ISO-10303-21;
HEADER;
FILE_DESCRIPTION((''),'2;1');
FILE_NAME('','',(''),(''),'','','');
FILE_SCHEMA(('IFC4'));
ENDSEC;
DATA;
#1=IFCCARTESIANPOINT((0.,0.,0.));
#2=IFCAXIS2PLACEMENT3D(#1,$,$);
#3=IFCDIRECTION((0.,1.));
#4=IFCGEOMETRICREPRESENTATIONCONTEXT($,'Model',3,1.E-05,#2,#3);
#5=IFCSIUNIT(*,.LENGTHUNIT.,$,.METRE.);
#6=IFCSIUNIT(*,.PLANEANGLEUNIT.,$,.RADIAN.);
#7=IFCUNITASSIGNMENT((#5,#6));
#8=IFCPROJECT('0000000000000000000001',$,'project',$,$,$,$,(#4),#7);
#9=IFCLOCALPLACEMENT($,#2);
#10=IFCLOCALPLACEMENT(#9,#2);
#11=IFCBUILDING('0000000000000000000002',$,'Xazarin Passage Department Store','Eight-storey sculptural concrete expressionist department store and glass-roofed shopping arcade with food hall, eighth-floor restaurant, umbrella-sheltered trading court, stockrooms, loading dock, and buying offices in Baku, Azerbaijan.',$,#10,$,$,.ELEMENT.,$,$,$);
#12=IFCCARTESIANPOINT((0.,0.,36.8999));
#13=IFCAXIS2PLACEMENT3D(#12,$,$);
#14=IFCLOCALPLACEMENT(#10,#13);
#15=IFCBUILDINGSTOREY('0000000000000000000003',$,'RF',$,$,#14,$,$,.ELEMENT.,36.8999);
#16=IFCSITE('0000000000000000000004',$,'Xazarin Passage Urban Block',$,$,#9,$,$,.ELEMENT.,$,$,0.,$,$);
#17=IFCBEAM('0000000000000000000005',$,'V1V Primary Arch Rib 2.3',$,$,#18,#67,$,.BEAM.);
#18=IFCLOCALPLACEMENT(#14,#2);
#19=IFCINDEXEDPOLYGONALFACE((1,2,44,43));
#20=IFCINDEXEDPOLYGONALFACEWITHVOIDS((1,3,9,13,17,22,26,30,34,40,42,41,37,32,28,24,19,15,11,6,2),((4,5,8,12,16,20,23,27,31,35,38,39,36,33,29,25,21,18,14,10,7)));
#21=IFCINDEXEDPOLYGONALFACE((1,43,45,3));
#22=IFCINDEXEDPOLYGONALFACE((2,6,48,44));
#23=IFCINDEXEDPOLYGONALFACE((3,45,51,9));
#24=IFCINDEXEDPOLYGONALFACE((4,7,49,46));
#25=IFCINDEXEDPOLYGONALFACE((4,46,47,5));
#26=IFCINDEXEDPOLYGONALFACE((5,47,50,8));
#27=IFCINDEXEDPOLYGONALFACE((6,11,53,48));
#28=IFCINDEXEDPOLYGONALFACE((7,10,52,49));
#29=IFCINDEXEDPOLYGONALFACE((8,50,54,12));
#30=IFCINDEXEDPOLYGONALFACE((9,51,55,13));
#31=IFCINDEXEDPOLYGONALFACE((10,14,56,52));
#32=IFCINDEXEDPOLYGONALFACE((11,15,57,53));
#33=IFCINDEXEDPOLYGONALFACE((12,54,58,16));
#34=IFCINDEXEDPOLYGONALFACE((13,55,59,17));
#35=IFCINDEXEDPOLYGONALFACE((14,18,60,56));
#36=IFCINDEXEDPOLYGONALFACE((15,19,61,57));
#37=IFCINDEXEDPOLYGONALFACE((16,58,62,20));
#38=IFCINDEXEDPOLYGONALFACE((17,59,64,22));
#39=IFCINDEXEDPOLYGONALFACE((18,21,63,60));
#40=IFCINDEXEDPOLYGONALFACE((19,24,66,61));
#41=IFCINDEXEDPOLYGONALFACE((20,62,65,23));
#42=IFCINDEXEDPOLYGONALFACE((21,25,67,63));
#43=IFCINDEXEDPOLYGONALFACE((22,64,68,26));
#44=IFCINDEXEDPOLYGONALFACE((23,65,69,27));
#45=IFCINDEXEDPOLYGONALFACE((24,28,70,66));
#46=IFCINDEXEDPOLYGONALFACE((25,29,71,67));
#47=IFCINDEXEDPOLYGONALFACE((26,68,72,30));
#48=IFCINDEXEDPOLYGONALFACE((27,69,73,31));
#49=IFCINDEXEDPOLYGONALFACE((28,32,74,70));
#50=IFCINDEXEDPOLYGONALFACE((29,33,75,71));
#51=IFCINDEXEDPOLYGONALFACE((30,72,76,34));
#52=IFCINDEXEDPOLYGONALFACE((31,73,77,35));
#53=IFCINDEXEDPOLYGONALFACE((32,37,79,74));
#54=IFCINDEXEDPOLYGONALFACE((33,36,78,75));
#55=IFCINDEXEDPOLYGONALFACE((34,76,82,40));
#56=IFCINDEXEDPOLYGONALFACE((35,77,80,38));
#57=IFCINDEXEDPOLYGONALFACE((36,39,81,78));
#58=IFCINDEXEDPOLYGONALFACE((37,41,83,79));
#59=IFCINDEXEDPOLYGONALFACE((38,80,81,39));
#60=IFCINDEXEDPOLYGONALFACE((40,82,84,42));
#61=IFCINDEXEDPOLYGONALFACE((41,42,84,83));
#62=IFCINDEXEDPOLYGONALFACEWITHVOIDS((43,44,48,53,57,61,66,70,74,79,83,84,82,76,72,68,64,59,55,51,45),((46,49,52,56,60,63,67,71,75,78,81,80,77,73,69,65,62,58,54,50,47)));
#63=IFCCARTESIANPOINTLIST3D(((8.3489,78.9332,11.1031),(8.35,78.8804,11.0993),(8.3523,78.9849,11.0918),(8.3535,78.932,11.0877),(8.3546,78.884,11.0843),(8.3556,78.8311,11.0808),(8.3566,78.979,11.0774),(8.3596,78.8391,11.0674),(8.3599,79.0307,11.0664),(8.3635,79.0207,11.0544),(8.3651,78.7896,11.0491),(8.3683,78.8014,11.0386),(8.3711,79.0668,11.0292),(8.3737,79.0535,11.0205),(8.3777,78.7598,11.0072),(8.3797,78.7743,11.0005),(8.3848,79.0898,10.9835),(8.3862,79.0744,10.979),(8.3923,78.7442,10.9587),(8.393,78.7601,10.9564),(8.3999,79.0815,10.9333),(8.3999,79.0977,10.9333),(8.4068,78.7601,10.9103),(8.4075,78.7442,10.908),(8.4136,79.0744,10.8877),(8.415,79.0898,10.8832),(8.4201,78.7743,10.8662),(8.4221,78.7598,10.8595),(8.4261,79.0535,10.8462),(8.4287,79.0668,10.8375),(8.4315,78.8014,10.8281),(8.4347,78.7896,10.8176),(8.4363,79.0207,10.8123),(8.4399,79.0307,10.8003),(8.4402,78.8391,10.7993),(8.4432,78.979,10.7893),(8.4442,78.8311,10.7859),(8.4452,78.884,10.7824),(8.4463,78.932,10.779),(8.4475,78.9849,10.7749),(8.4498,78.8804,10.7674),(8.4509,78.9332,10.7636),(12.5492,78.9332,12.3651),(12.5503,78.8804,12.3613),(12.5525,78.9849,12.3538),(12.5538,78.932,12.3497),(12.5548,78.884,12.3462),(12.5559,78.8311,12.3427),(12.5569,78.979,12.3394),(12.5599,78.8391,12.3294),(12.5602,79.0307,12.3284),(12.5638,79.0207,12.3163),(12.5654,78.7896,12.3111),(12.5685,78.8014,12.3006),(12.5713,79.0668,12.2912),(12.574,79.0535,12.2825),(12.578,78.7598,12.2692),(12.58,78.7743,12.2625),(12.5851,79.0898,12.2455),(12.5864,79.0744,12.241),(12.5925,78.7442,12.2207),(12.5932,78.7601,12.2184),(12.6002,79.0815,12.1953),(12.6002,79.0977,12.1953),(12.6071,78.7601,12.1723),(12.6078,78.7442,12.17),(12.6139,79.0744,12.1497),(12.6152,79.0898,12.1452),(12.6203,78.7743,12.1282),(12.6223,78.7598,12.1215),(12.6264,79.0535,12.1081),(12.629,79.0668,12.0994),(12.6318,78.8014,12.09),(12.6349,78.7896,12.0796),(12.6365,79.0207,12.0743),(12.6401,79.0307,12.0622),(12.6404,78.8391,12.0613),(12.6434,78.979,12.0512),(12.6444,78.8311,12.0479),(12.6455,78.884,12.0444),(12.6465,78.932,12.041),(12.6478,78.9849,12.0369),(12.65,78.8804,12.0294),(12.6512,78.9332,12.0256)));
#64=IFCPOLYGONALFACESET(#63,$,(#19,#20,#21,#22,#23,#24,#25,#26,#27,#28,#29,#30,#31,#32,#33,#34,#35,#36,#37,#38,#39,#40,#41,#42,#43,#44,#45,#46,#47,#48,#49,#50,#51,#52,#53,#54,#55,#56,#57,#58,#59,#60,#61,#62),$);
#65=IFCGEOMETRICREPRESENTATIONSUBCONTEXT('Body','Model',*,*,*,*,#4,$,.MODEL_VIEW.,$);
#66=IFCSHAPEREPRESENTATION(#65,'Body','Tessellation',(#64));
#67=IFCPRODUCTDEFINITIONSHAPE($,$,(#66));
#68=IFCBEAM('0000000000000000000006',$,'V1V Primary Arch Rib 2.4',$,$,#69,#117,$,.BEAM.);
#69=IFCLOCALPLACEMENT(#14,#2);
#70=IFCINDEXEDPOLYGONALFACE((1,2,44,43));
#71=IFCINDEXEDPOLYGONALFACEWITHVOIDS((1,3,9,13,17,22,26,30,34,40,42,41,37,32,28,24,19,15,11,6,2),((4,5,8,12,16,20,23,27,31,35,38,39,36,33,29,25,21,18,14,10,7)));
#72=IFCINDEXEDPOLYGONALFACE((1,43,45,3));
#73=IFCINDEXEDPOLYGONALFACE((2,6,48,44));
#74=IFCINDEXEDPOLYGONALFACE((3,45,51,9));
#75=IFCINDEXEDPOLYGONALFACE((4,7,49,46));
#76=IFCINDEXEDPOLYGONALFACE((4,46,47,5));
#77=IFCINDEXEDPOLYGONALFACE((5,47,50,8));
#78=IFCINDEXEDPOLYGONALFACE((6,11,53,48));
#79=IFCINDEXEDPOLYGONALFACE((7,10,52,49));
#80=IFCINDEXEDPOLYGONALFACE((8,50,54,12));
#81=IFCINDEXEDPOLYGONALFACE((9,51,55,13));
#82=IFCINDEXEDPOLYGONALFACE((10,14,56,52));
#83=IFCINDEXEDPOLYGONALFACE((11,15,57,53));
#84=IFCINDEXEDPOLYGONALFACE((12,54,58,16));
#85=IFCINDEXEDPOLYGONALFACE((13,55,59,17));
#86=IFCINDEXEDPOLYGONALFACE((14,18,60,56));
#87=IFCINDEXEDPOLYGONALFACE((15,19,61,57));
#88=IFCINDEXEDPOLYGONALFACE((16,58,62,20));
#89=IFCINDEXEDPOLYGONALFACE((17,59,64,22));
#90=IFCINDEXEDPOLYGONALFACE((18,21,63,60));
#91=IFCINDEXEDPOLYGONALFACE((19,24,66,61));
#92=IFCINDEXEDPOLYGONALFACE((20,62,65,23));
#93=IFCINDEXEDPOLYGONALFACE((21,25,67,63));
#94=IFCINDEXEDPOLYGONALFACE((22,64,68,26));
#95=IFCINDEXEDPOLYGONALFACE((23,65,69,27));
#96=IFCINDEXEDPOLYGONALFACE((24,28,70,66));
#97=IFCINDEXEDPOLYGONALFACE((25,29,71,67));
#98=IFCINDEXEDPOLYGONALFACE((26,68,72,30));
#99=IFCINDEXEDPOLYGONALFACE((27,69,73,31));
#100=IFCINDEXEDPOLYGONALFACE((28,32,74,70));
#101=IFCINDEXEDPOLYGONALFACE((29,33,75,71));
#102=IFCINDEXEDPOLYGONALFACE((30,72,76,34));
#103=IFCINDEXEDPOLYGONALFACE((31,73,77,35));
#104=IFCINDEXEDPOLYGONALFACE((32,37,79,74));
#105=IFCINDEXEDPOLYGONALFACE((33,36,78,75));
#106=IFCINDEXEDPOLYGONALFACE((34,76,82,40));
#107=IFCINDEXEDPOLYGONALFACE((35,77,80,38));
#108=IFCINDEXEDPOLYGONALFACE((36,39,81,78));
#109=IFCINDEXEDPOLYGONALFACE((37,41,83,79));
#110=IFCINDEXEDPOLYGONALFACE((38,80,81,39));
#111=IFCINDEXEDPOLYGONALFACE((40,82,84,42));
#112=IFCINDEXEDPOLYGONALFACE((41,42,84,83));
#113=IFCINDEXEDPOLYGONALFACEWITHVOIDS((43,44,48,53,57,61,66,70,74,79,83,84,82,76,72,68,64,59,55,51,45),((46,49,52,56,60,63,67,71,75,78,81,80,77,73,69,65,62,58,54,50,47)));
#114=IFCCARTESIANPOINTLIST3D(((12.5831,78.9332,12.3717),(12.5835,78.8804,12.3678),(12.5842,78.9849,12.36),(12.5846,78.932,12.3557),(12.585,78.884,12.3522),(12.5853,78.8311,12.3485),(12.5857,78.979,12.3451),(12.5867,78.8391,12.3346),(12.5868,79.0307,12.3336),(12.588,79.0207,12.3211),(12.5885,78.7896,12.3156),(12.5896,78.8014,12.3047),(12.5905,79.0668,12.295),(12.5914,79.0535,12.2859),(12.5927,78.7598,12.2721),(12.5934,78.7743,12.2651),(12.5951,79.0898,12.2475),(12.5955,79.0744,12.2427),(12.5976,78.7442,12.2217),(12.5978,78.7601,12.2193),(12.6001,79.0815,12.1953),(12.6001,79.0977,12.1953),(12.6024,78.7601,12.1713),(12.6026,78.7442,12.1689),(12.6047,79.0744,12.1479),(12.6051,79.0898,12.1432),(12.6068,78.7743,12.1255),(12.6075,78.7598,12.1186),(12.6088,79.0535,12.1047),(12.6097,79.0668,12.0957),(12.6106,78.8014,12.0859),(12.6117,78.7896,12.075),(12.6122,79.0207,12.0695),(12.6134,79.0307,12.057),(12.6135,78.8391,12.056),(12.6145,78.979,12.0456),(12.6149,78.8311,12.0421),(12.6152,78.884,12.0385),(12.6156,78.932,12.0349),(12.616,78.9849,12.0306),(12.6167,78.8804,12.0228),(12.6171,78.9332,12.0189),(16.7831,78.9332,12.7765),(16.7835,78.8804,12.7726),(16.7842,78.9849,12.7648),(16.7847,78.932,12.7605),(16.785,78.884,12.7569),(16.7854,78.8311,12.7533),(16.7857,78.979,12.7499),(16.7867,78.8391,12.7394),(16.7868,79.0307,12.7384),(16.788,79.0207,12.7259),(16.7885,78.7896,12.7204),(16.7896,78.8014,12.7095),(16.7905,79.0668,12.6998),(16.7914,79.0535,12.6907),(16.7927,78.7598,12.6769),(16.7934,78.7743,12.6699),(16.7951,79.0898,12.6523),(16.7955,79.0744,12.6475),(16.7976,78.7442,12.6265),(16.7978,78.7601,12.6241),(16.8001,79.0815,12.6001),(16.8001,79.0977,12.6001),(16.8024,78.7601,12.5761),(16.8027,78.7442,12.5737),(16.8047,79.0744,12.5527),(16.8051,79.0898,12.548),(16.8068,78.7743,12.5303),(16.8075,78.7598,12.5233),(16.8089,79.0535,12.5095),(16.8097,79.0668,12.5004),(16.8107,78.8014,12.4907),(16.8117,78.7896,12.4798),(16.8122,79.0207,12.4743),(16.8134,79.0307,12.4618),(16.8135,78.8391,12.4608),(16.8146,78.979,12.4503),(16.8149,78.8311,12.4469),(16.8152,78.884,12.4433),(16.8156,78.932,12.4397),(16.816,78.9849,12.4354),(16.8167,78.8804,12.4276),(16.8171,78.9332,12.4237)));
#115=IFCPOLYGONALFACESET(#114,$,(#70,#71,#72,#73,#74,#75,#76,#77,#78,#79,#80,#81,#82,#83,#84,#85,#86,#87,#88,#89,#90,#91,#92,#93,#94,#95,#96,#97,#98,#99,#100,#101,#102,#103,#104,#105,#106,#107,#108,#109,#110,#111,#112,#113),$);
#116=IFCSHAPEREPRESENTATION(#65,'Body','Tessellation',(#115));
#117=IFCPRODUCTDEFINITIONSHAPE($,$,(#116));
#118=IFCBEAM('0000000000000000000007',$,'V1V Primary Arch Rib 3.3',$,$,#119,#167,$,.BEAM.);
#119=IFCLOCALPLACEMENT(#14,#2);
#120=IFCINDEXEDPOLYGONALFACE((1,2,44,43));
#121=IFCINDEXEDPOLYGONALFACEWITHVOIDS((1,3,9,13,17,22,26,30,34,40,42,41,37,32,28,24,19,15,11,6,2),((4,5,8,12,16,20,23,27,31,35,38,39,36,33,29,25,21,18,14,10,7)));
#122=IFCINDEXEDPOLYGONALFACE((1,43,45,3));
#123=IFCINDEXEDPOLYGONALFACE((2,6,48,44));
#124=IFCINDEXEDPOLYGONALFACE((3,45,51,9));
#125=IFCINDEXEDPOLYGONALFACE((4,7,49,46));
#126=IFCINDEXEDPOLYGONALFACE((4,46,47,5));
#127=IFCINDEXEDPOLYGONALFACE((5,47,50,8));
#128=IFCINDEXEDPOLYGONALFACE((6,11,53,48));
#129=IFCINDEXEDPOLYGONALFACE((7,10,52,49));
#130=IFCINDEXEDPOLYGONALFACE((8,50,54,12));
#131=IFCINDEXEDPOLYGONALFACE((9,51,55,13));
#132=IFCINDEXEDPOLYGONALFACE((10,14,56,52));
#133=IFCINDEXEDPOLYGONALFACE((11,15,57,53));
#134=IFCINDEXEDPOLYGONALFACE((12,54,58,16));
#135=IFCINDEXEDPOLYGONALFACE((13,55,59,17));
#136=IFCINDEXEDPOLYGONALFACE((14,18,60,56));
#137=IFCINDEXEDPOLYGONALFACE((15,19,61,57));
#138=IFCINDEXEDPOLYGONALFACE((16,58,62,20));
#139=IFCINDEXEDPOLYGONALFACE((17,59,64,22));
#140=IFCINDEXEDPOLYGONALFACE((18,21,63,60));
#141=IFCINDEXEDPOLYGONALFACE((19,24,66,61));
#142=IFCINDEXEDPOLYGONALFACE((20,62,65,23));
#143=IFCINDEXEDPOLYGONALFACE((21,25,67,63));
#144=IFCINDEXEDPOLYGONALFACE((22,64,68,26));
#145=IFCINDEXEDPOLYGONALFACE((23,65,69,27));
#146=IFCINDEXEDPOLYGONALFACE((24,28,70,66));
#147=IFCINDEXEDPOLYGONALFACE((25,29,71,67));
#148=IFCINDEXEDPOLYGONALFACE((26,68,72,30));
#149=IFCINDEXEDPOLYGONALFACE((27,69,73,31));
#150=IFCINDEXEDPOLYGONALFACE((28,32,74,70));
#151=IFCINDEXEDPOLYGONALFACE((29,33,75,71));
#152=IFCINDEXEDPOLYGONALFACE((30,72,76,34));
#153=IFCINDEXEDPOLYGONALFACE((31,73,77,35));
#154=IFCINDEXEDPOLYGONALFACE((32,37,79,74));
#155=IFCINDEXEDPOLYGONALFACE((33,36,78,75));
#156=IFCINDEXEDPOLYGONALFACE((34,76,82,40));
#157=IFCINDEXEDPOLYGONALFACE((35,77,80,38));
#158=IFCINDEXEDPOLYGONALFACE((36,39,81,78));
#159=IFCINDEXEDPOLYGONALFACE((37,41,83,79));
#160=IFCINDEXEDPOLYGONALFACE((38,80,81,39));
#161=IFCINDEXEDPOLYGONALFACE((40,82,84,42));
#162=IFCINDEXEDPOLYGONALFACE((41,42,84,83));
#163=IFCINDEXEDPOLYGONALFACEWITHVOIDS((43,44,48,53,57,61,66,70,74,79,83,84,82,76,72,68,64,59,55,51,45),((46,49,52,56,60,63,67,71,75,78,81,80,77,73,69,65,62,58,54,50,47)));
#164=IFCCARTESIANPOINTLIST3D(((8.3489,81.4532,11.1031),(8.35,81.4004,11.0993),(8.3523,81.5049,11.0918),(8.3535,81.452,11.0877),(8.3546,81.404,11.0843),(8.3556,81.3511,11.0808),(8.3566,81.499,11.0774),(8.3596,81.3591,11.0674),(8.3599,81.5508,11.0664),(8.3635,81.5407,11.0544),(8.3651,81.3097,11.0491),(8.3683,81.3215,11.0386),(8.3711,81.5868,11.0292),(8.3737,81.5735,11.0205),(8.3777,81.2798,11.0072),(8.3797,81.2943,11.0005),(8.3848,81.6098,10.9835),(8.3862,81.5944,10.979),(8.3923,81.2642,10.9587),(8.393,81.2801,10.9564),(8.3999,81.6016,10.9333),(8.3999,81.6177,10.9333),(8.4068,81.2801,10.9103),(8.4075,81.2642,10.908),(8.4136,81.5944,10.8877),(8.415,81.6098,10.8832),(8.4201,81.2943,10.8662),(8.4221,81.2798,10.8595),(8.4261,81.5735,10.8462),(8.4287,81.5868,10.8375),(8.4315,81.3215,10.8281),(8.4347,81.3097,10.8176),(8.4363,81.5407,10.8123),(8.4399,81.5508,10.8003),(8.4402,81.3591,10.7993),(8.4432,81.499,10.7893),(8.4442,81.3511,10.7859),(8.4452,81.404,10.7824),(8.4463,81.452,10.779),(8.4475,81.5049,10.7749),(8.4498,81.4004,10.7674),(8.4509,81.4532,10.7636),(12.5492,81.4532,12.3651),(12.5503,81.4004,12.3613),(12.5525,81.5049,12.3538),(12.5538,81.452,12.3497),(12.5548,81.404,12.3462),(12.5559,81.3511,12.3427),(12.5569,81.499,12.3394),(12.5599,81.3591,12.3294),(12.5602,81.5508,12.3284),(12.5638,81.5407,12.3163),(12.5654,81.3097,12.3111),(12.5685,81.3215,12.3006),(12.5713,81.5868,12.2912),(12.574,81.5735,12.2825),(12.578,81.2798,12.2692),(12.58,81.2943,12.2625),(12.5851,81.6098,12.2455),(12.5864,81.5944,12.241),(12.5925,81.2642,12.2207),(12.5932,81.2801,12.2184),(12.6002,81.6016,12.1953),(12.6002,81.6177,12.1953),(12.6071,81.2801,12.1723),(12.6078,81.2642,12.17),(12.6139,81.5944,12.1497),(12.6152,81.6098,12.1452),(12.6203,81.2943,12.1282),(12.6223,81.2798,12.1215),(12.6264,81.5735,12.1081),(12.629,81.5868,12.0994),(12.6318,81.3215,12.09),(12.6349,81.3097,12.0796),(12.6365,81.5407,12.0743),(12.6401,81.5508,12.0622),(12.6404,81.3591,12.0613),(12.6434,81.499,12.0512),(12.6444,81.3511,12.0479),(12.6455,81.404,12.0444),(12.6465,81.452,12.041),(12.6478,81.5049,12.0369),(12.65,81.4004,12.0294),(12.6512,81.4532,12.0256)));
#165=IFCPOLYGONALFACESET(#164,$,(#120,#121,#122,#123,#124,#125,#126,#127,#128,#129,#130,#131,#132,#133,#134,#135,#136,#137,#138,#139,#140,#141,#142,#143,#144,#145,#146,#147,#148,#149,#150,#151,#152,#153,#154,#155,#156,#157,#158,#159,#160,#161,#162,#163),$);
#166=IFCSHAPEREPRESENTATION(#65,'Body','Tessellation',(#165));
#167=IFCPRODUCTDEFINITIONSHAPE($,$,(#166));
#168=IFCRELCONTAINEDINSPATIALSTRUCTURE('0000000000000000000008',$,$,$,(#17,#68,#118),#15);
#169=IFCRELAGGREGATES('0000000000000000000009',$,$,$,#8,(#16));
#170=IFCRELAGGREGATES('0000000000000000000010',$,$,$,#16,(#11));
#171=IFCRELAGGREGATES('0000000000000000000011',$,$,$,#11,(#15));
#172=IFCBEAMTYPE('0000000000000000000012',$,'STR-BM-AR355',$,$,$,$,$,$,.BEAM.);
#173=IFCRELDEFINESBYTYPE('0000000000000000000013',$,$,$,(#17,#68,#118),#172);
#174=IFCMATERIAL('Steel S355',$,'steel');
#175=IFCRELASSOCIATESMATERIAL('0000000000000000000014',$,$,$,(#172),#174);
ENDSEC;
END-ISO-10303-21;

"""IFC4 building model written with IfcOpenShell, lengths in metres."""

from ifc_helpers import new_model, si_unit, direction, frame, origin, origin_2d, place, context, subcontext, project, spatial, hollow_circle, extrude, material, material_profile, profile_set, type_object, element, save


model = new_model("IFC4")

# Units and contexts
model_context = context("Model", 3, precision=1e-05, world=origin(), true_north=direction((0.0, 1.0)))
body_context = subcontext(model_context, "Body", "Model", "MODEL_VIEW")
ifc_project = project(units=[si_unit("LENGTHUNIT", "METRE"), si_unit("PLANEANGLEUNIT", "RADIAN")], contexts=[model_context])

# Site, building, storey
site_placement = place(None, origin())
site = spatial("IfcSite", under=ifc_project, at=site_placement, Name="Xazarin Passage Urban Block", CompositionType="ELEMENT", RefElevation=0.0)
building_placement = place(site_placement, origin())
building = spatial("IfcBuilding", under=site, at=building_placement, Name="Xazarin Passage Department Store", Description="Eight-storey sculptural concrete expressionist department store and glass-roofed shopping arcade with food hall, eighth-floor restaurant, umbrella-sheltered trading court, stockrooms, loading dock, and buying offices in Baku, Azerbaijan.", CompositionType="ELEMENT")
storey_placement = place(building_placement, frame((0.0, 0.0, 36.8999)))
storey = spatial("IfcBuildingStorey", under=building, at=storey_placement, Name="RF", CompositionType="ELEMENT", Elevation=36.8999)

# Beams
ifc_material_1 = material(Name="Steel S355", Category="steel")
ifc_material_profile_1 = material_profile(ifc_material_1, hollow_circle(Radius=0.1777, WallThickness=0.0161, at=origin_2d()), Name="CHS 355.6x16")
ifc_profile_set_1 = profile_set([ifc_material_profile_1], Name="Steel S355")
beam_type_1 = type_object("IfcBeamType", Name="STR-BM-AR355", PredefinedType="BEAM", material=ifc_profile_set_1)
beam_1_placement = place(storey_placement, frame((8.3999, 78.9199, 10.9333), z_axis=(0.957707, 0.0, 0.287746), x_axis=(0.0, 1.0, 0.0)))
element("IfcBeam", 1, at=beam_1_placement, inside=storey, type_object=beam_type_1, Name="V1V Primary Arch Rib 2.3", PredefinedType="BEAM", context=body_context, shape_type="SweptSolid", body=[
    extrude(hollow_circle(Radius=0.1777, WallThickness=0.0161, at=origin_2d()), origin(), (0.0, 0.0, 1.0), 4.3857),
])
beam_2_placement = place(storey_placement, frame((12.6001, 78.9199, 12.1953), z_axis=(0.995388, 0.0, 0.095934), x_axis=(0.0, 1.0, 0.0)))
element("IfcBeam", 2, at=beam_2_placement, inside=storey, type_object=beam_type_1, Name="V1V Primary Arch Rib 2.4", PredefinedType="BEAM", context=body_context, shape_type="SweptSolid", body=[
    extrude(hollow_circle(Radius=0.1777, WallThickness=0.0161, at=origin_2d()), origin(), (0.0, 0.0, 1.0), 4.2195),
])
beam_3_placement = place(storey_placement, frame((8.3999, 81.4399, 10.9333), z_axis=(0.957707, 0.0, 0.287746), x_axis=(0.0, 1.0, 0.0)))
element("IfcBeam", 3, at=beam_3_placement, inside=storey, type_object=beam_type_1, Name="V1V Primary Arch Rib 3.3", PredefinedType="BEAM", context=body_context, shape_type="SweptSolid", body=[
    extrude(hollow_circle(Radius=0.1777, WallThickness=0.0161, at=origin_2d()), origin(), (0.0, 0.0, 1.0), 4.3857),
])

save(model, "model.ifc")
